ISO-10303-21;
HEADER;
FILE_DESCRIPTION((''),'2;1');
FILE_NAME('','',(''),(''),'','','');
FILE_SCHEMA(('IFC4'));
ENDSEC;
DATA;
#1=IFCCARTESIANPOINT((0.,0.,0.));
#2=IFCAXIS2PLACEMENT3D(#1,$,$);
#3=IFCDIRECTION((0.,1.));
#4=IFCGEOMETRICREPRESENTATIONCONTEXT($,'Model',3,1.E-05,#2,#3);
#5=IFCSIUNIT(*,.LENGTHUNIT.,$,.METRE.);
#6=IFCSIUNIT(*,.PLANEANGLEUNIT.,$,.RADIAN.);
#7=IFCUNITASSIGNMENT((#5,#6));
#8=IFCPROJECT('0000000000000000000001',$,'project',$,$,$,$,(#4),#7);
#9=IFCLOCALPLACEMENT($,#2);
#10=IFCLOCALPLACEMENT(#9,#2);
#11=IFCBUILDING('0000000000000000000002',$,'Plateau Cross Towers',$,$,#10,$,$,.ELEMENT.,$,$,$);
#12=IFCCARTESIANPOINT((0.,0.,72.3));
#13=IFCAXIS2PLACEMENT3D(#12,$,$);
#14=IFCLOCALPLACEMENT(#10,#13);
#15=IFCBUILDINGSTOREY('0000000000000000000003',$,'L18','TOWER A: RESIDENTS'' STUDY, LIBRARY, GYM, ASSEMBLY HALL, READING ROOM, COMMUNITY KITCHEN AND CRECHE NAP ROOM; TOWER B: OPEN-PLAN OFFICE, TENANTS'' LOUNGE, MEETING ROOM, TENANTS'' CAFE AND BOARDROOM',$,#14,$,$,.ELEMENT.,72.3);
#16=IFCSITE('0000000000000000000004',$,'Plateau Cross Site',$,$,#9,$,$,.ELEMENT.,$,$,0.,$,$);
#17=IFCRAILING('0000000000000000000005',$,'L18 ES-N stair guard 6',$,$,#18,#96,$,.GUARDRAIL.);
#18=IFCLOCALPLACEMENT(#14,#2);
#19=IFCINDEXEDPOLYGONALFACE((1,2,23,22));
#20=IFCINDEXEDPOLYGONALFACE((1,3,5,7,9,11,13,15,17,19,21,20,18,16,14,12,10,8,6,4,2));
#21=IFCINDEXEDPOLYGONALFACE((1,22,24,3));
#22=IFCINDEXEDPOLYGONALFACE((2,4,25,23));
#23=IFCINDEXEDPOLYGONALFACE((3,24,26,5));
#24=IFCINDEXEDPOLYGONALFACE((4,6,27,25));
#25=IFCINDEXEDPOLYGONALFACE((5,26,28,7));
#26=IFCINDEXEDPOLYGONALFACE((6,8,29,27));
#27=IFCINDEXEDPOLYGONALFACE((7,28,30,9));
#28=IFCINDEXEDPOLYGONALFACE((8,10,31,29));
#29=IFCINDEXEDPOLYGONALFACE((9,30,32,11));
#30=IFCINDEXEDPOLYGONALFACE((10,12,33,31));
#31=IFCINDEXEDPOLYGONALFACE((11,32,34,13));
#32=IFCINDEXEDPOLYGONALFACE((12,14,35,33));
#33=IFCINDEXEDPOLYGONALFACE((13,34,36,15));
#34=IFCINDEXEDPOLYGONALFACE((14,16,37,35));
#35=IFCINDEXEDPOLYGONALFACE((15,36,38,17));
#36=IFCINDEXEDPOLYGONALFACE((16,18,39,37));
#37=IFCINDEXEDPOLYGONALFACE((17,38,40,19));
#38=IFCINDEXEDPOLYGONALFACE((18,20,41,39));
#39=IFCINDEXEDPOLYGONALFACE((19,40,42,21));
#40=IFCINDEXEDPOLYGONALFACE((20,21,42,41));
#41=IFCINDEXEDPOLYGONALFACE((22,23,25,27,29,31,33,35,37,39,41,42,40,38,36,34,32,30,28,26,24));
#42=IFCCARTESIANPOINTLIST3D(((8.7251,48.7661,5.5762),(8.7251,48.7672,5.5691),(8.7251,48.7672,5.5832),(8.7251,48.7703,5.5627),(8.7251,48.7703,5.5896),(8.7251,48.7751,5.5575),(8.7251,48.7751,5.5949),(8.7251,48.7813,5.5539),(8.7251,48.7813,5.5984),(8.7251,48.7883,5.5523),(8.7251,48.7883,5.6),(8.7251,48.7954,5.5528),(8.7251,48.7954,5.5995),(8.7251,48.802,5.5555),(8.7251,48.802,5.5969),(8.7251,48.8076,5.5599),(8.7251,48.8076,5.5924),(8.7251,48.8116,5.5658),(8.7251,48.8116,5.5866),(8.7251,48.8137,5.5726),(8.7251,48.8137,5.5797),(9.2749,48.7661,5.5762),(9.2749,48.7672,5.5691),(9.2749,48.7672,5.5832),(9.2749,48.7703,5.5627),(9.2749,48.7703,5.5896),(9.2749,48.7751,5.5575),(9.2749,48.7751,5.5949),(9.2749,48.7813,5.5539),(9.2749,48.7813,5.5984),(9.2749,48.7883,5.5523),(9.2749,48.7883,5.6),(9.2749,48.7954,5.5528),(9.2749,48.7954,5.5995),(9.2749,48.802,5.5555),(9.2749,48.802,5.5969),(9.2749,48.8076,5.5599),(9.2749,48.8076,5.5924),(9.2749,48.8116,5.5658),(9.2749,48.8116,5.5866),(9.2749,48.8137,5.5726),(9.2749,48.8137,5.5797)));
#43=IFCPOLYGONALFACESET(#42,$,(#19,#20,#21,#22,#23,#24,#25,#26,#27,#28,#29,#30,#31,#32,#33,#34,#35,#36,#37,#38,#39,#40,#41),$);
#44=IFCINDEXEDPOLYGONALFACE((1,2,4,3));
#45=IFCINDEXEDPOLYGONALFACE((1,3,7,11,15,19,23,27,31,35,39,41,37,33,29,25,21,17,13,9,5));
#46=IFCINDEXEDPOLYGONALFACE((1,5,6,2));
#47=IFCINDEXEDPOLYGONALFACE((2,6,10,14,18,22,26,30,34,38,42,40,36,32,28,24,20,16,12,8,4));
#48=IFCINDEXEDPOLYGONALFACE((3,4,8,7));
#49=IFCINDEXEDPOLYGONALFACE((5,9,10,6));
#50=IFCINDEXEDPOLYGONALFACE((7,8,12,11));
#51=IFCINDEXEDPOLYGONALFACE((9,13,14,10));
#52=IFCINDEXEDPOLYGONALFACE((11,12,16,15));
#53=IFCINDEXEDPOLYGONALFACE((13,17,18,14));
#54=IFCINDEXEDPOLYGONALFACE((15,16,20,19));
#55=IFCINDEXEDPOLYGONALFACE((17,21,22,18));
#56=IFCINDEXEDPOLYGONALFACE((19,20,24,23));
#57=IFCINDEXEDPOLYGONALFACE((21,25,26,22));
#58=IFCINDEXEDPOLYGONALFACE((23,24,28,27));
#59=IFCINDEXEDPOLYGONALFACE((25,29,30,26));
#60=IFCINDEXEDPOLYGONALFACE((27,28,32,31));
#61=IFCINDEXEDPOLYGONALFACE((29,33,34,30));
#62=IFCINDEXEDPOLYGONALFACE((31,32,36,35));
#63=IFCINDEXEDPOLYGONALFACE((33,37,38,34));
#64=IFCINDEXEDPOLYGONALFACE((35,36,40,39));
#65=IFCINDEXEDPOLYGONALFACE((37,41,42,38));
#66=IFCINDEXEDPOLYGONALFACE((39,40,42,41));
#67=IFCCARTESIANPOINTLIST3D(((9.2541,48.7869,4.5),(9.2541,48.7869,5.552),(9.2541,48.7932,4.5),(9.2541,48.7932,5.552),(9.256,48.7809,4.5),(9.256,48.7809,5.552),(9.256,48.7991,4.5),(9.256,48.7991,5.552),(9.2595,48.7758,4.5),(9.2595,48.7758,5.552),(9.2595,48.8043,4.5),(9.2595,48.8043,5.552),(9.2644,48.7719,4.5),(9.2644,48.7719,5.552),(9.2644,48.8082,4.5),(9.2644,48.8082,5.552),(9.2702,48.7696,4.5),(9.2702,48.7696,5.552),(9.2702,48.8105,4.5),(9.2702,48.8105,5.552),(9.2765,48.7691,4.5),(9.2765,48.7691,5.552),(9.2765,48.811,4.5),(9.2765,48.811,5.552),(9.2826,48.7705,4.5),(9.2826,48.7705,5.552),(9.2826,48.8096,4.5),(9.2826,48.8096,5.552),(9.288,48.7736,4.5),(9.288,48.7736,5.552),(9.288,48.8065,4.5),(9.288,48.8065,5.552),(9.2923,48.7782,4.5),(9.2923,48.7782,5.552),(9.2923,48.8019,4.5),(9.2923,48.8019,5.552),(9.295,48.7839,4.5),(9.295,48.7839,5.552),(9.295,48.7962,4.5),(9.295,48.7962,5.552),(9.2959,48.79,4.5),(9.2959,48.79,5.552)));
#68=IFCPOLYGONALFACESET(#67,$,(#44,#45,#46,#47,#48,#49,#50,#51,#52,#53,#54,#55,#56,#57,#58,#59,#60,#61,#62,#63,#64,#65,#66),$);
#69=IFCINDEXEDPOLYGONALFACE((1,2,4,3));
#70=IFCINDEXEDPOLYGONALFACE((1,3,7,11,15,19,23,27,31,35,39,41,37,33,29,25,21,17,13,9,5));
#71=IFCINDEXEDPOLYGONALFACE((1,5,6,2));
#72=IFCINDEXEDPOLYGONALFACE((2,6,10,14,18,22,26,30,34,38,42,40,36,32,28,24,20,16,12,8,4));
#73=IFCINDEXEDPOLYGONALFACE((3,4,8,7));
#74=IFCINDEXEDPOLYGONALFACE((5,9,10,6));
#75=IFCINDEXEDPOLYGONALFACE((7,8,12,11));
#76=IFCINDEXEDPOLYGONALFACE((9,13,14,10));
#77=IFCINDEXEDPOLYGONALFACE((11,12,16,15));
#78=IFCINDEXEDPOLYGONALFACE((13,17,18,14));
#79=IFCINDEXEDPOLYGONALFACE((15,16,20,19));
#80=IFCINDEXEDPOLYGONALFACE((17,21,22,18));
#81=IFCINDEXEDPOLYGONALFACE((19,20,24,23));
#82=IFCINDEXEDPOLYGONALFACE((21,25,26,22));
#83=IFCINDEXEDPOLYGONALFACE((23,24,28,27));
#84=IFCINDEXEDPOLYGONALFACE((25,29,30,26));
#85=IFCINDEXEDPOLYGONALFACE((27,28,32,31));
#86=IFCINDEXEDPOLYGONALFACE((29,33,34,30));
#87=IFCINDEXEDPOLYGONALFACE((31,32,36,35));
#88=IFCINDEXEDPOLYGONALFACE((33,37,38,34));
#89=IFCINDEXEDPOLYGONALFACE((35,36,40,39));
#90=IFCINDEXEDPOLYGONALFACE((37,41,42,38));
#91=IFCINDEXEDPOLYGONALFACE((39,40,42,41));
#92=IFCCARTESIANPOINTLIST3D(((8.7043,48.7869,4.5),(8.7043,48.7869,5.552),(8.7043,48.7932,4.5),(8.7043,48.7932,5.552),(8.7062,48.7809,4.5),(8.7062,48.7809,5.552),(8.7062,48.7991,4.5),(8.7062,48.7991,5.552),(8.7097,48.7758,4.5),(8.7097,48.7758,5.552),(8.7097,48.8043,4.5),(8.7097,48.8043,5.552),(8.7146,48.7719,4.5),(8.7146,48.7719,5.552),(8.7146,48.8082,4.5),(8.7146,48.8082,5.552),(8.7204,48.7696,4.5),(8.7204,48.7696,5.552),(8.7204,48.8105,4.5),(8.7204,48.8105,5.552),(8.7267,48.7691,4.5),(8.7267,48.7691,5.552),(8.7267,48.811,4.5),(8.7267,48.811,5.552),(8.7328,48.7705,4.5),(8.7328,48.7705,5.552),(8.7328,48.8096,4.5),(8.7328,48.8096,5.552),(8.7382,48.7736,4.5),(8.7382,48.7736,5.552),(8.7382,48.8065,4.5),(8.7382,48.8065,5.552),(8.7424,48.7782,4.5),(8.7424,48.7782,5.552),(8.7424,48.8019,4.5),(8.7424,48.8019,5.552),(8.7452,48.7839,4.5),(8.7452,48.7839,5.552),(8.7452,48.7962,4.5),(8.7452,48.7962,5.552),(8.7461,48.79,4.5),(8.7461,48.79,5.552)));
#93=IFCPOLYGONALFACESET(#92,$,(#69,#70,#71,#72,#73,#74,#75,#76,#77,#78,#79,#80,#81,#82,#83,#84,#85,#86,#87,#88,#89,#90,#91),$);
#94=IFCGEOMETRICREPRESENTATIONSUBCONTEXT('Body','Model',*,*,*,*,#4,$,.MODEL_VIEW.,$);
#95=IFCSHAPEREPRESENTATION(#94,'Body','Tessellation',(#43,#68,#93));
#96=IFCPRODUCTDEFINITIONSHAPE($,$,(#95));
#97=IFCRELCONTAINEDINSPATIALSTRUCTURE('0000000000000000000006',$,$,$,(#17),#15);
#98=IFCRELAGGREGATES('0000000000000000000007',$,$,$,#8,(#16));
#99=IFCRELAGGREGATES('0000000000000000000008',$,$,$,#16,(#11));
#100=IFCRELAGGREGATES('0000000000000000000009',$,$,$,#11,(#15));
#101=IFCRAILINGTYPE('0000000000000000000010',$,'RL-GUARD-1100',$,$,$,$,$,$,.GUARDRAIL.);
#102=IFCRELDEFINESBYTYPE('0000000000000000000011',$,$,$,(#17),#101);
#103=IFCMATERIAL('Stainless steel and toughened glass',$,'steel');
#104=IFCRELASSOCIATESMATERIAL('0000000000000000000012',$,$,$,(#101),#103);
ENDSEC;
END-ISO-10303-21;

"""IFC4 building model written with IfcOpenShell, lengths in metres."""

from ifc_helpers import new_model, si_unit, direction, frame, origin, origin_2d, place, context, subcontext, project, spatial, circle, extrude, material, type_object, element, save


model = new_model("IFC4")

# Units and contexts
model_context = context("Model", 3, precision=1e-05, world=origin(), true_north=direction((0.0, 1.0)))
body_context = subcontext(model_context, "Body", "Model", "MODEL_VIEW")
ifc_project = project(units=[si_unit("LENGTHUNIT", "METRE"), si_unit("PLANEANGLEUNIT", "RADIAN")], contexts=[model_context])

# Site, building, storey
site_placement = place(None, origin())
site = spatial("IfcSite", under=ifc_project, at=site_placement, Name="Plateau Cross Site", CompositionType="ELEMENT", RefElevation=0.0)
building_placement = place(site_placement, origin())
building = spatial("IfcBuilding", under=site, at=building_placement, Name="Plateau Cross Towers", CompositionType="ELEMENT")
storey_placement = place(building_placement, frame((0.0, 0.0, 72.3)))
storey = spatial("IfcBuildingStorey", under=building, at=storey_placement, Name="L18", Description="TOWER A: RESIDENTS' STUDY, LIBRARY, GYM, ASSEMBLY HALL, READING ROOM, COMMUNITY KITCHEN AND CRECHE NAP ROOM; TOWER B: OPEN-PLAN OFFICE, TENANTS' LOUNGE, MEETING ROOM, TENANTS' CAFE AND BOARDROOM", CompositionType="ELEMENT", Elevation=72.3)

# Railing
ifc_material_1 = material(Name="Stainless steel and toughened glass", Category="steel")
railing_type_1 = type_object("IfcRailingType", Name="RL-GUARD-1100", PredefinedType="GUARDRAIL", material=ifc_material_1)
railing_1_placement = place(storey_placement, frame((9.2749, 48.79, 4.5)))
element("IfcRailing", 1, at=railing_1_placement, inside=storey, type_object=railing_type_1, Name="L18 ES-N stair guard 6", PredefinedType="GUARDRAIL", context=body_context, shape_type="SweptSolid", body=[
    extrude(circle(Radius=0.0239, at=origin_2d()), frame((0.0, 0.0, 1.0762), z_axis=(-1.0, 0.0, 0.0), x_axis=(0.0, -1.0, 0.0)), (0.0, 0.0, 1.0), 0.5498),
    extrude(circle(Radius=0.021, at=origin_2d()), origin(), (0.0, 0.0, 1.0), 1.052),
    extrude(circle(Radius=0.021, at=origin_2d()), frame((-0.5498, 0.0, 0.0)), (0.0, 0.0, 1.0), 1.052),
])

save(model, "model.ifc")
